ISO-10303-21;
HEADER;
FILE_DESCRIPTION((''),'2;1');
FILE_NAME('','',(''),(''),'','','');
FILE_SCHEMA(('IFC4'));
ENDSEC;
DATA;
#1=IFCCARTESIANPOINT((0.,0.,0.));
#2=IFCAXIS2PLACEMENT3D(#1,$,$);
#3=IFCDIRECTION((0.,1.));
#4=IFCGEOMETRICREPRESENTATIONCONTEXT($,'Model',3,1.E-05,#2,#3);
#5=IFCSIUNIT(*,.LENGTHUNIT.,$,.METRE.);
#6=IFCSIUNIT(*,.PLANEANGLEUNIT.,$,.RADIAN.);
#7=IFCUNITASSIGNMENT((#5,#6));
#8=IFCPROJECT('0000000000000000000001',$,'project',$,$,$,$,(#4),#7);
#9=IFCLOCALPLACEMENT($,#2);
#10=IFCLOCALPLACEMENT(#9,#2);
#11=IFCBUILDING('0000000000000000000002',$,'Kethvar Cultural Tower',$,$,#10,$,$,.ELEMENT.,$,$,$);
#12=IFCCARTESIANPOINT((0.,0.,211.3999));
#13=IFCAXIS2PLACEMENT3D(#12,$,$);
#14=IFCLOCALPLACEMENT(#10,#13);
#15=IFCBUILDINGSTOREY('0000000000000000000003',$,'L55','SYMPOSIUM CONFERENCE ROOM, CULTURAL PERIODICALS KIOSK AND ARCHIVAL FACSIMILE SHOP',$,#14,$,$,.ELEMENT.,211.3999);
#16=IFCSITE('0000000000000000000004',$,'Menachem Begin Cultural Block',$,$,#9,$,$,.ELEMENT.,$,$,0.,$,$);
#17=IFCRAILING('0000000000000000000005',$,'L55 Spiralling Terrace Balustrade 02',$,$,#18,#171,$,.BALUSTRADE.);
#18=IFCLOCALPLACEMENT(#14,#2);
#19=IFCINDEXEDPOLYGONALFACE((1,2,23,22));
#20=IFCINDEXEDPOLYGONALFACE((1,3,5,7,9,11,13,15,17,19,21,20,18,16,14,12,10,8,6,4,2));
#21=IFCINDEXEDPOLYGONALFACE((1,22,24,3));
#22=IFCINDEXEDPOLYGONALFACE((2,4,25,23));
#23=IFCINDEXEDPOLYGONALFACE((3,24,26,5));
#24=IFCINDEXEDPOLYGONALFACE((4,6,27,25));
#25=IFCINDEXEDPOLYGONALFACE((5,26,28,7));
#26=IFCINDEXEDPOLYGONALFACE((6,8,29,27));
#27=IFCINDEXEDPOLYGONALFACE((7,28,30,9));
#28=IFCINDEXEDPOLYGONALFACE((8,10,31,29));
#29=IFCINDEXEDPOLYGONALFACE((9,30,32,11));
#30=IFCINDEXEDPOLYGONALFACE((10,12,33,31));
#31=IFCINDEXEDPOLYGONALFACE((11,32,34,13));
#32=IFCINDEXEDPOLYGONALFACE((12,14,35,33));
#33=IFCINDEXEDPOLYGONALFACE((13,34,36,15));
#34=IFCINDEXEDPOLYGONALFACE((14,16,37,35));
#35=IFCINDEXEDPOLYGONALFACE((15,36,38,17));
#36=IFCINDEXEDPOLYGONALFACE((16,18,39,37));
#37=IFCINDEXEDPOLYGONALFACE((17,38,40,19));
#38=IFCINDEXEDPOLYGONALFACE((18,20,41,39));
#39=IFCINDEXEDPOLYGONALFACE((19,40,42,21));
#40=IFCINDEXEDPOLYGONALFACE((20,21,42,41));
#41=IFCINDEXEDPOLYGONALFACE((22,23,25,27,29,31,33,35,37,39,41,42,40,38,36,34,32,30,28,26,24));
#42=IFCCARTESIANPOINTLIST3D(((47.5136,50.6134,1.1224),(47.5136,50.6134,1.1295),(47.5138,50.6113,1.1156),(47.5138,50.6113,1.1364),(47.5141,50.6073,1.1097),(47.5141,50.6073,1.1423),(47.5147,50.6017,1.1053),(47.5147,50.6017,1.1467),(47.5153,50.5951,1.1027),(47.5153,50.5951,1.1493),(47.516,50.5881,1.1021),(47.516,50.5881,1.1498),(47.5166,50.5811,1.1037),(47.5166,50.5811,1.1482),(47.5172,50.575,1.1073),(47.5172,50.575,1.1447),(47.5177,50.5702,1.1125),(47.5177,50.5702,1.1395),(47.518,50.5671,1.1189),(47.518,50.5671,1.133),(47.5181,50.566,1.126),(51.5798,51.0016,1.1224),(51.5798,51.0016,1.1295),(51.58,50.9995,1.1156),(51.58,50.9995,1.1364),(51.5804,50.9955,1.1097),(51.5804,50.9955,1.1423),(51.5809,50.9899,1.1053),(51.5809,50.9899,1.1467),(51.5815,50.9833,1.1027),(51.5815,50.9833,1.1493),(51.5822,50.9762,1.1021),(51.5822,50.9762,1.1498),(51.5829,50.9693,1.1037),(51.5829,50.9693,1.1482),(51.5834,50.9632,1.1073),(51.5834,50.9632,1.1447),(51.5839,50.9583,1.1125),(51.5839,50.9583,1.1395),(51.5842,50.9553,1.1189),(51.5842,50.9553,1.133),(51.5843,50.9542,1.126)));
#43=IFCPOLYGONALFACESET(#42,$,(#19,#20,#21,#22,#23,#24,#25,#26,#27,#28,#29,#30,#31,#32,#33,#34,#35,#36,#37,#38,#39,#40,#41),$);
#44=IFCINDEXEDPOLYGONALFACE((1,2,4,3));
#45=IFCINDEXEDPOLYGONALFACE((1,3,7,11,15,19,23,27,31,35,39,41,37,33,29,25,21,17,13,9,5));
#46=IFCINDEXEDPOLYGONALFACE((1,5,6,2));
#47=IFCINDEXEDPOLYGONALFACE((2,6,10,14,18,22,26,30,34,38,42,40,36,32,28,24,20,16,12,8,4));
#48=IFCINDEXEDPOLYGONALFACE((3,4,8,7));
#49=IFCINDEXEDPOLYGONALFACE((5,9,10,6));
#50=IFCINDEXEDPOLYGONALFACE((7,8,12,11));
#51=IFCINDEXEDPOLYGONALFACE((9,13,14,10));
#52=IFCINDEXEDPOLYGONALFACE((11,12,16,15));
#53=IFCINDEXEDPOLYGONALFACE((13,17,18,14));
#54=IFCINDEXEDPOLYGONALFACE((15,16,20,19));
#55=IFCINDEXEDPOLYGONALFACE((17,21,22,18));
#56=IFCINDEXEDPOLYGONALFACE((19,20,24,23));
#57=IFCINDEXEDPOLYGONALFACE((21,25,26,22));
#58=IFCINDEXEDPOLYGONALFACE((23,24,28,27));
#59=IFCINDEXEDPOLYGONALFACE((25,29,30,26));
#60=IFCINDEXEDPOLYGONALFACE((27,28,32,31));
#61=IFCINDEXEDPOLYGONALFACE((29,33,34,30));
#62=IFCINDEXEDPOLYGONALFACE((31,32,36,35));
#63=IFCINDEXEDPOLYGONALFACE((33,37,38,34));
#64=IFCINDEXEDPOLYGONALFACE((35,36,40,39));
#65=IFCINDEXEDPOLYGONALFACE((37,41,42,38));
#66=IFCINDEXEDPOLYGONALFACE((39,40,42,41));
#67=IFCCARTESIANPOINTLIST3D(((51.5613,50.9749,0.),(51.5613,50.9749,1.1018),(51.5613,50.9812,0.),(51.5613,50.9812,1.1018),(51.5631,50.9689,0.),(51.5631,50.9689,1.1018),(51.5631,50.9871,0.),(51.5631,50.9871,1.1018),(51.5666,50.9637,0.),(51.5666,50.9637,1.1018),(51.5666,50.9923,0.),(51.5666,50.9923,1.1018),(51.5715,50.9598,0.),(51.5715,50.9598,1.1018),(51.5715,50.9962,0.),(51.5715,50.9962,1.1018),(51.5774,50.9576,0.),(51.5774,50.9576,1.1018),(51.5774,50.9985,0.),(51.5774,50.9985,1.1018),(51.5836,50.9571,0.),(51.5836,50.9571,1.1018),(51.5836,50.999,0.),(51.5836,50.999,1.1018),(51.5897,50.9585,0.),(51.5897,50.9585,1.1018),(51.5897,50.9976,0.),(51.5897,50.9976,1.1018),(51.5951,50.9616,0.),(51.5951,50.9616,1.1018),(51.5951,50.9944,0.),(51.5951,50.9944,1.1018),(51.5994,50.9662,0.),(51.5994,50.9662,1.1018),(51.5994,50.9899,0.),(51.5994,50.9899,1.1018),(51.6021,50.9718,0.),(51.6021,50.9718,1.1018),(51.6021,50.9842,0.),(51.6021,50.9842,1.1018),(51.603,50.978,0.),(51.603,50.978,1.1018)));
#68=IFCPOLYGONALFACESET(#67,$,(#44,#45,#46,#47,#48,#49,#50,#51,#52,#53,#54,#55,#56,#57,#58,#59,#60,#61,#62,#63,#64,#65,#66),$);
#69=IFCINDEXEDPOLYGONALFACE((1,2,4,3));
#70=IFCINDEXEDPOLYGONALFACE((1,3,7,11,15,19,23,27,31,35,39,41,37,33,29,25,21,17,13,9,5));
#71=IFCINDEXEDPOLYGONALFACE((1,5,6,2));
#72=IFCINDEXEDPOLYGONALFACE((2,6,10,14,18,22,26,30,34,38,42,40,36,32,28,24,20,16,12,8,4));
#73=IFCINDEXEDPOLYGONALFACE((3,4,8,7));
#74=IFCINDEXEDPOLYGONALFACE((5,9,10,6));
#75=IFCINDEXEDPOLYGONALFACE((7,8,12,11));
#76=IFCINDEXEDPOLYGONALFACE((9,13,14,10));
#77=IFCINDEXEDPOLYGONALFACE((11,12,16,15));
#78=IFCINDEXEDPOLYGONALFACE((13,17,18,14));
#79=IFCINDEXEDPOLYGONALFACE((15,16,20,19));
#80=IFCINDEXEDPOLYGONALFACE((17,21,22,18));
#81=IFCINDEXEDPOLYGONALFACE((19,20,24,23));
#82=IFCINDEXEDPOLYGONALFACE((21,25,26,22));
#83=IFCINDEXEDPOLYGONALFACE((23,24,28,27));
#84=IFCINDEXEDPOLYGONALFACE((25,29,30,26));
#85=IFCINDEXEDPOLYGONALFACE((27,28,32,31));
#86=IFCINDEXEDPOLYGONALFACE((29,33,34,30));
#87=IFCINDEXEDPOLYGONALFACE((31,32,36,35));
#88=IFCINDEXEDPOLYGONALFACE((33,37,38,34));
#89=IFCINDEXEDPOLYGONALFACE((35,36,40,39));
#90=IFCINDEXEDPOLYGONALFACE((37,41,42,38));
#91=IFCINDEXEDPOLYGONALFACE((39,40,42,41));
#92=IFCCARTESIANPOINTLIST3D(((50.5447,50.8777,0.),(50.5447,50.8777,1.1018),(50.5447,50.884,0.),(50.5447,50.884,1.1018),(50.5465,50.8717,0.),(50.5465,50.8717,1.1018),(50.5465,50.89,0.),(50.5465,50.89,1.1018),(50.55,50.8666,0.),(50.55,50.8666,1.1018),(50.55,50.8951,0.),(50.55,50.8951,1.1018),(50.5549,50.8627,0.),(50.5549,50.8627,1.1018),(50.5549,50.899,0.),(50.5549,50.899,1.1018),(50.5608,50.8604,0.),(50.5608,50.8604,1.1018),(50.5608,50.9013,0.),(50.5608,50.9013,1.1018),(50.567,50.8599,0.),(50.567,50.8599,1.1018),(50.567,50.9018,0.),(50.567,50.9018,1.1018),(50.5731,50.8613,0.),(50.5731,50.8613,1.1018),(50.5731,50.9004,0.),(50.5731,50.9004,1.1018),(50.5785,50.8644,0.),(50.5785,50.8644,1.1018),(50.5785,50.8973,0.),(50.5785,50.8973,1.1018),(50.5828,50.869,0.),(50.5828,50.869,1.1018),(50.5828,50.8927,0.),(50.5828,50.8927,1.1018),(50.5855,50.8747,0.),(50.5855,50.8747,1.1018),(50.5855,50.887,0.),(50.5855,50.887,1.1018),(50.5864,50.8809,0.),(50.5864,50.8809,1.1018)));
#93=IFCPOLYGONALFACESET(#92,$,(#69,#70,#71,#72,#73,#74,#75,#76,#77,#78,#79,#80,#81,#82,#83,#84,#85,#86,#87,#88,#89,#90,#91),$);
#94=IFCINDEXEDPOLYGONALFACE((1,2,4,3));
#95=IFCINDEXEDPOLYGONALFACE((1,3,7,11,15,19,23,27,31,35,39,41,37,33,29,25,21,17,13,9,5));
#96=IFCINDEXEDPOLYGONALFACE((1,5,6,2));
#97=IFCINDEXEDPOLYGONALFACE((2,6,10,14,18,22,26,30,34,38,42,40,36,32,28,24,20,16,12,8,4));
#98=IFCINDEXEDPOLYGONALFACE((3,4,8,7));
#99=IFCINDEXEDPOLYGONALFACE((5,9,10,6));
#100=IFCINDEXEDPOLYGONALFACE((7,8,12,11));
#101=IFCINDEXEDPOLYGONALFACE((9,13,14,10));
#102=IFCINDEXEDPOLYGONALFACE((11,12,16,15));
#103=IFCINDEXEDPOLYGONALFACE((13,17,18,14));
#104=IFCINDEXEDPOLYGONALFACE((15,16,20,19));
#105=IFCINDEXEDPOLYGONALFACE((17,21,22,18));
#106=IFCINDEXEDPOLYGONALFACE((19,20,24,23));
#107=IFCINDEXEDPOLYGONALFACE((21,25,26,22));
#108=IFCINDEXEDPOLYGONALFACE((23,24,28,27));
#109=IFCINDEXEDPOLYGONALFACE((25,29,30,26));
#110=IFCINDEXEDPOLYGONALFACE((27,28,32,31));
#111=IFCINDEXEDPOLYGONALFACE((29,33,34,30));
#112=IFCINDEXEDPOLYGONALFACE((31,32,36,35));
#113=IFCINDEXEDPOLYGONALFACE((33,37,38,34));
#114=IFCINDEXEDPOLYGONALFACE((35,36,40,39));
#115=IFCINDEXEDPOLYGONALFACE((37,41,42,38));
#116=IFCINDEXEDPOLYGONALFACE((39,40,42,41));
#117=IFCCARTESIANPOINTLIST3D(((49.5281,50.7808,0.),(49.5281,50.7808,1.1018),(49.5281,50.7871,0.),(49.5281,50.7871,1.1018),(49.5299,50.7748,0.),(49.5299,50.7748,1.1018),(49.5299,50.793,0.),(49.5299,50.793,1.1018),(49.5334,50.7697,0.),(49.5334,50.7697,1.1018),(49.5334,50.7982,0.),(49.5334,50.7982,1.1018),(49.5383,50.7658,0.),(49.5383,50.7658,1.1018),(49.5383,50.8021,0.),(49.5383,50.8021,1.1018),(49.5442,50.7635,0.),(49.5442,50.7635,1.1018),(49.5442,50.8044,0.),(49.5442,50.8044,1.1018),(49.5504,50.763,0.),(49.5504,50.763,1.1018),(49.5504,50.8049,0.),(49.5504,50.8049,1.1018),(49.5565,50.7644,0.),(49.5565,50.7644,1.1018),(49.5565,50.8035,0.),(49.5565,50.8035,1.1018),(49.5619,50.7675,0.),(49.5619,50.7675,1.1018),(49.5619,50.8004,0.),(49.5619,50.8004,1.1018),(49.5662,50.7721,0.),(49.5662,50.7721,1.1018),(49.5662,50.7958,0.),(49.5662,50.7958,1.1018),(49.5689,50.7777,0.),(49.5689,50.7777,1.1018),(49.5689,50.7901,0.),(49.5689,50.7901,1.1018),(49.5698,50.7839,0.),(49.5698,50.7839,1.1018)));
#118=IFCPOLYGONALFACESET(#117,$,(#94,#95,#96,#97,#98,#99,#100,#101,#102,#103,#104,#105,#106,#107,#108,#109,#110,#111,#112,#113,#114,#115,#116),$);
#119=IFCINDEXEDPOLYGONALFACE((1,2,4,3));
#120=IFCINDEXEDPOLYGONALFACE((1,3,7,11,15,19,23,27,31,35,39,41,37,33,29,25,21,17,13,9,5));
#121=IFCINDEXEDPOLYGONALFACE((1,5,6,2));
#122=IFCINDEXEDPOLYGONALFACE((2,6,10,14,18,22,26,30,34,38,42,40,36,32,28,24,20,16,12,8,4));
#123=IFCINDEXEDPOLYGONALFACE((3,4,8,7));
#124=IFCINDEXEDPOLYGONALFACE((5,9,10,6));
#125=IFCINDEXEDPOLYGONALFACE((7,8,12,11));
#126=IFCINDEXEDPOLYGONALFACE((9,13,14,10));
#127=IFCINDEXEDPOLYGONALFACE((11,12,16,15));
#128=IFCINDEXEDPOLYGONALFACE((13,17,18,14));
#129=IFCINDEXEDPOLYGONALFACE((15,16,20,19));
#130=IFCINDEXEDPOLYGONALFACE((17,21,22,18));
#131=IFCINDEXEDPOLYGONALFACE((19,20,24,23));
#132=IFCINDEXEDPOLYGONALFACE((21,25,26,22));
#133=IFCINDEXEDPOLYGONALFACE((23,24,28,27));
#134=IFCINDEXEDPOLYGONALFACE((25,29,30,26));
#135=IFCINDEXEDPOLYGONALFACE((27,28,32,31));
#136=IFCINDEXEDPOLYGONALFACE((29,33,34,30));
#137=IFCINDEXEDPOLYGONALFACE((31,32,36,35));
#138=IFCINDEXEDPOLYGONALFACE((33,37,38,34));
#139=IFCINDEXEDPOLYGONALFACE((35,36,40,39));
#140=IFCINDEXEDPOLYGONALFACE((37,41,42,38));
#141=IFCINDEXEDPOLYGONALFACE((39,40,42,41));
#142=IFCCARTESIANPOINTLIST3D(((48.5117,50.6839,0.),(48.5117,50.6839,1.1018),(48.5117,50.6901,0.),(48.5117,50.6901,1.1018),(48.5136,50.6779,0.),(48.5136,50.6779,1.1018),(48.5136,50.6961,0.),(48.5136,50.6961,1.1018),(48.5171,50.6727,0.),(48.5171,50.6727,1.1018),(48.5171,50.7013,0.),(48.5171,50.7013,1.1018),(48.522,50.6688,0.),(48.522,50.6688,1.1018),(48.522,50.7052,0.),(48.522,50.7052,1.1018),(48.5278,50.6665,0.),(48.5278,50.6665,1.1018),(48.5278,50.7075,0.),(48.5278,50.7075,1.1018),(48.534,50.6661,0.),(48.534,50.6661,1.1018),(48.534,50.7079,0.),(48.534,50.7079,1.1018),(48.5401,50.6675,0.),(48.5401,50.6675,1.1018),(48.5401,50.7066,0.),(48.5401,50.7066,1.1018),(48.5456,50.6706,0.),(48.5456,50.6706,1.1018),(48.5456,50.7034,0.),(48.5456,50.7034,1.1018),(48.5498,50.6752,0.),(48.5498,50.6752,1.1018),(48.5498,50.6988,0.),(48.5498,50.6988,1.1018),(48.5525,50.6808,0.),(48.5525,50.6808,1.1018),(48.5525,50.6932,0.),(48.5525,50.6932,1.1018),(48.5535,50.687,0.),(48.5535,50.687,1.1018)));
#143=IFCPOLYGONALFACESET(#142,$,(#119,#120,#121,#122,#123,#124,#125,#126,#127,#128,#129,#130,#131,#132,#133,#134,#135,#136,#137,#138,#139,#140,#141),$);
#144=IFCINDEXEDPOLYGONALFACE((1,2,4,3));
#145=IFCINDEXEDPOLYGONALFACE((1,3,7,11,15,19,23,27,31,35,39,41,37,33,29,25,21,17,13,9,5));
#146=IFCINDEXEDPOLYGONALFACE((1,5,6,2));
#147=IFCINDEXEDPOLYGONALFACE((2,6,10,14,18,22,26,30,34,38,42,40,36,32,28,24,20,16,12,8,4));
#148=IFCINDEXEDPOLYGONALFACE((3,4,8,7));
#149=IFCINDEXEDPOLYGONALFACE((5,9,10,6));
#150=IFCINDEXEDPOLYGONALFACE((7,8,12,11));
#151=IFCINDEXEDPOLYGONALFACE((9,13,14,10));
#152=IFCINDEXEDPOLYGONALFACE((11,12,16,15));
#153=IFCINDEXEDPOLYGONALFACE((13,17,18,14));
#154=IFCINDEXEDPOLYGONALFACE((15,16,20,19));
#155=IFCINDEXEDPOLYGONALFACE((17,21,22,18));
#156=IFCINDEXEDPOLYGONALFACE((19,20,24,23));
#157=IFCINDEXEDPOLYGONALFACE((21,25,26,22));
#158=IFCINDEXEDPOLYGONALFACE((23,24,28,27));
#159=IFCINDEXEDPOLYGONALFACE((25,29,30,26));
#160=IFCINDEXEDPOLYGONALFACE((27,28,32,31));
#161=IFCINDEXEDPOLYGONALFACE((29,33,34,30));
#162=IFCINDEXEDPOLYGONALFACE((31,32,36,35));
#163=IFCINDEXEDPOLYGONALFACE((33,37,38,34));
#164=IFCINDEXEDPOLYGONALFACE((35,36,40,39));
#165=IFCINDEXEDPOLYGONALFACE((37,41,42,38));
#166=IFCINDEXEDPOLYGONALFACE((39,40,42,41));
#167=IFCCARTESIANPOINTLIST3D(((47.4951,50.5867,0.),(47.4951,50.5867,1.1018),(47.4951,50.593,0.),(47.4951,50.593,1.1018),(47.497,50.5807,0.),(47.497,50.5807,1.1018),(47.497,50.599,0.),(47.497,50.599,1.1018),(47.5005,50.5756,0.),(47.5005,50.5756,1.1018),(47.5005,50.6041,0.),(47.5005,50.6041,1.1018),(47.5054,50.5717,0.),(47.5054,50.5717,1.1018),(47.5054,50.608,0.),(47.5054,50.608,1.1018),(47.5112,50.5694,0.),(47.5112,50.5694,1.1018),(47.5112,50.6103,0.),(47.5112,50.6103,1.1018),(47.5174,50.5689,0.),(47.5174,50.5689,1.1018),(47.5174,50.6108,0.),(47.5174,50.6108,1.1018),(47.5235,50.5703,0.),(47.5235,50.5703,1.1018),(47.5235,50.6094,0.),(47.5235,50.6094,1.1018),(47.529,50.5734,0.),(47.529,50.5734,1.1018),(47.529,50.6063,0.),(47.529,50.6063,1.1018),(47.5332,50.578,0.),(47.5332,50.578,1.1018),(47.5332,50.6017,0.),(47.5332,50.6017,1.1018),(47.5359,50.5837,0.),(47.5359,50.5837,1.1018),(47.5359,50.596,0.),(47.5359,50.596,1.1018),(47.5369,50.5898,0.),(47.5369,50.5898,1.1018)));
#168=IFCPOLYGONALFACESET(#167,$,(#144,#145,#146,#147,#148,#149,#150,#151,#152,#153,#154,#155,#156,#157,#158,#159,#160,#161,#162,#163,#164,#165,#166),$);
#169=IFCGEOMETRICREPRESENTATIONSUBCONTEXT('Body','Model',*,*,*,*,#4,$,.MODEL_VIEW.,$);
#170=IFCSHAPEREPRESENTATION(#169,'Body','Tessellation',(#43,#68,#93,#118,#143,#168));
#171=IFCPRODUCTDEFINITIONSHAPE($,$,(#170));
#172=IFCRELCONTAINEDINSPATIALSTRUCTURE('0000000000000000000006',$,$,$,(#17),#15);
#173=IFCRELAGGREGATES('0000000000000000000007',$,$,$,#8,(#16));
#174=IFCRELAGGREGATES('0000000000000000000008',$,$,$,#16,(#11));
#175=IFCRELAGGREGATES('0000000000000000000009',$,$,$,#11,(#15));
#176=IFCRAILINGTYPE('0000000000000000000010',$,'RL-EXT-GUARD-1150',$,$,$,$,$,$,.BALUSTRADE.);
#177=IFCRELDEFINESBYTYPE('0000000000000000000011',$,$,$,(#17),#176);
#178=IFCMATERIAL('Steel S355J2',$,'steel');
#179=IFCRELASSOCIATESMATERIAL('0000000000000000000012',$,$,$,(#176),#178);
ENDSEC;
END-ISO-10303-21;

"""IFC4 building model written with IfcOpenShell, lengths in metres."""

from ifc_helpers import new_model, si_unit, direction, frame, origin, origin_2d, place, context, subcontext, project, spatial, circle, extrude, material, type_object, element, save


model = new_model("IFC4")

# Units and contexts
model_context = context("Model", 3, precision=1e-05, world=origin(), true_north=direction((0.0, 1.0)))
body_context = subcontext(model_context, "Body", "Model", "MODEL_VIEW")
ifc_project = project(units=[si_unit("LENGTHUNIT", "METRE"), si_unit("PLANEANGLEUNIT", "RADIAN")], contexts=[model_context])

# Site, building, storey
site_placement = place(None, origin())
site = spatial("IfcSite", under=ifc_project, at=site_placement, Name="Menachem Begin Cultural Block", CompositionType="ELEMENT", RefElevation=0.0)
building_placement = place(site_placement, origin())
building = spatial("IfcBuilding", under=site, at=building_placement, Name="Kethvar Cultural Tower", CompositionType="ELEMENT")
storey_placement = place(building_placement, frame((0.0, 0.0, 211.3999)))
storey = spatial("IfcBuildingStorey", under=building, at=storey_placement, Name="L55", Description="SYMPOSIUM CONFERENCE ROOM, CULTURAL PERIODICALS KIOSK AND ARCHIVAL FACSIMILE SHOP", CompositionType="ELEMENT", Elevation=211.3999)

# Shared definitions
ifc_material_1 = material(Name="Steel S355J2", Category="steel")

# Railing
railing_type = type_object("IfcRailingType", Name="RL-EXT-GUARD-1150", PredefinedType="BALUSTRADE", material=ifc_material_1)
railing_1_placement = place(storey_placement, frame((51.582, 50.978, 0.0)))
element("IfcRailing", 1, at=railing_1_placement, inside=storey, type_object=railing_type, Name="L55 Spiralling Terrace Balustrade 02", PredefinedType="BALUSTRADE", context=body_context, shape_type="SweptSolid", body=[
    extrude(circle(Radius=0.0239, at=origin_2d()), frame((0.0, 0.0, 1.126), z_axis=(-0.995474, -0.095035, 0.0), x_axis=(0.095035, -0.995474, 0.0)), (0.0, 0.0, 1.0), 4.0847),
    extrude(circle(Radius=0.021, at=origin_2d()), origin(), (0.0, 0.0, 1.0), 1.1018),
    extrude(circle(Radius=0.021, at=origin_2d()), frame((-1.0166, -0.0972, 0.0)), (0.0, 0.0, 1.0), 1.1018),
    extrude(circle(Radius=0.021, at=origin_2d()), frame((-2.0332, -0.1941, 0.0)), (0.0, 0.0, 1.0), 1.1018),
    extrude(circle(Radius=0.021, at=origin_2d()), frame((-3.0496, -0.291, 0.0)), (0.0, 0.0, 1.0), 1.1018),
    extrude(circle(Radius=0.021, at=origin_2d()), frame((-4.0662, -0.3882, 0.0)), (0.0, 0.0, 1.0), 1.1018),
])

save(model, "model.ifc")
